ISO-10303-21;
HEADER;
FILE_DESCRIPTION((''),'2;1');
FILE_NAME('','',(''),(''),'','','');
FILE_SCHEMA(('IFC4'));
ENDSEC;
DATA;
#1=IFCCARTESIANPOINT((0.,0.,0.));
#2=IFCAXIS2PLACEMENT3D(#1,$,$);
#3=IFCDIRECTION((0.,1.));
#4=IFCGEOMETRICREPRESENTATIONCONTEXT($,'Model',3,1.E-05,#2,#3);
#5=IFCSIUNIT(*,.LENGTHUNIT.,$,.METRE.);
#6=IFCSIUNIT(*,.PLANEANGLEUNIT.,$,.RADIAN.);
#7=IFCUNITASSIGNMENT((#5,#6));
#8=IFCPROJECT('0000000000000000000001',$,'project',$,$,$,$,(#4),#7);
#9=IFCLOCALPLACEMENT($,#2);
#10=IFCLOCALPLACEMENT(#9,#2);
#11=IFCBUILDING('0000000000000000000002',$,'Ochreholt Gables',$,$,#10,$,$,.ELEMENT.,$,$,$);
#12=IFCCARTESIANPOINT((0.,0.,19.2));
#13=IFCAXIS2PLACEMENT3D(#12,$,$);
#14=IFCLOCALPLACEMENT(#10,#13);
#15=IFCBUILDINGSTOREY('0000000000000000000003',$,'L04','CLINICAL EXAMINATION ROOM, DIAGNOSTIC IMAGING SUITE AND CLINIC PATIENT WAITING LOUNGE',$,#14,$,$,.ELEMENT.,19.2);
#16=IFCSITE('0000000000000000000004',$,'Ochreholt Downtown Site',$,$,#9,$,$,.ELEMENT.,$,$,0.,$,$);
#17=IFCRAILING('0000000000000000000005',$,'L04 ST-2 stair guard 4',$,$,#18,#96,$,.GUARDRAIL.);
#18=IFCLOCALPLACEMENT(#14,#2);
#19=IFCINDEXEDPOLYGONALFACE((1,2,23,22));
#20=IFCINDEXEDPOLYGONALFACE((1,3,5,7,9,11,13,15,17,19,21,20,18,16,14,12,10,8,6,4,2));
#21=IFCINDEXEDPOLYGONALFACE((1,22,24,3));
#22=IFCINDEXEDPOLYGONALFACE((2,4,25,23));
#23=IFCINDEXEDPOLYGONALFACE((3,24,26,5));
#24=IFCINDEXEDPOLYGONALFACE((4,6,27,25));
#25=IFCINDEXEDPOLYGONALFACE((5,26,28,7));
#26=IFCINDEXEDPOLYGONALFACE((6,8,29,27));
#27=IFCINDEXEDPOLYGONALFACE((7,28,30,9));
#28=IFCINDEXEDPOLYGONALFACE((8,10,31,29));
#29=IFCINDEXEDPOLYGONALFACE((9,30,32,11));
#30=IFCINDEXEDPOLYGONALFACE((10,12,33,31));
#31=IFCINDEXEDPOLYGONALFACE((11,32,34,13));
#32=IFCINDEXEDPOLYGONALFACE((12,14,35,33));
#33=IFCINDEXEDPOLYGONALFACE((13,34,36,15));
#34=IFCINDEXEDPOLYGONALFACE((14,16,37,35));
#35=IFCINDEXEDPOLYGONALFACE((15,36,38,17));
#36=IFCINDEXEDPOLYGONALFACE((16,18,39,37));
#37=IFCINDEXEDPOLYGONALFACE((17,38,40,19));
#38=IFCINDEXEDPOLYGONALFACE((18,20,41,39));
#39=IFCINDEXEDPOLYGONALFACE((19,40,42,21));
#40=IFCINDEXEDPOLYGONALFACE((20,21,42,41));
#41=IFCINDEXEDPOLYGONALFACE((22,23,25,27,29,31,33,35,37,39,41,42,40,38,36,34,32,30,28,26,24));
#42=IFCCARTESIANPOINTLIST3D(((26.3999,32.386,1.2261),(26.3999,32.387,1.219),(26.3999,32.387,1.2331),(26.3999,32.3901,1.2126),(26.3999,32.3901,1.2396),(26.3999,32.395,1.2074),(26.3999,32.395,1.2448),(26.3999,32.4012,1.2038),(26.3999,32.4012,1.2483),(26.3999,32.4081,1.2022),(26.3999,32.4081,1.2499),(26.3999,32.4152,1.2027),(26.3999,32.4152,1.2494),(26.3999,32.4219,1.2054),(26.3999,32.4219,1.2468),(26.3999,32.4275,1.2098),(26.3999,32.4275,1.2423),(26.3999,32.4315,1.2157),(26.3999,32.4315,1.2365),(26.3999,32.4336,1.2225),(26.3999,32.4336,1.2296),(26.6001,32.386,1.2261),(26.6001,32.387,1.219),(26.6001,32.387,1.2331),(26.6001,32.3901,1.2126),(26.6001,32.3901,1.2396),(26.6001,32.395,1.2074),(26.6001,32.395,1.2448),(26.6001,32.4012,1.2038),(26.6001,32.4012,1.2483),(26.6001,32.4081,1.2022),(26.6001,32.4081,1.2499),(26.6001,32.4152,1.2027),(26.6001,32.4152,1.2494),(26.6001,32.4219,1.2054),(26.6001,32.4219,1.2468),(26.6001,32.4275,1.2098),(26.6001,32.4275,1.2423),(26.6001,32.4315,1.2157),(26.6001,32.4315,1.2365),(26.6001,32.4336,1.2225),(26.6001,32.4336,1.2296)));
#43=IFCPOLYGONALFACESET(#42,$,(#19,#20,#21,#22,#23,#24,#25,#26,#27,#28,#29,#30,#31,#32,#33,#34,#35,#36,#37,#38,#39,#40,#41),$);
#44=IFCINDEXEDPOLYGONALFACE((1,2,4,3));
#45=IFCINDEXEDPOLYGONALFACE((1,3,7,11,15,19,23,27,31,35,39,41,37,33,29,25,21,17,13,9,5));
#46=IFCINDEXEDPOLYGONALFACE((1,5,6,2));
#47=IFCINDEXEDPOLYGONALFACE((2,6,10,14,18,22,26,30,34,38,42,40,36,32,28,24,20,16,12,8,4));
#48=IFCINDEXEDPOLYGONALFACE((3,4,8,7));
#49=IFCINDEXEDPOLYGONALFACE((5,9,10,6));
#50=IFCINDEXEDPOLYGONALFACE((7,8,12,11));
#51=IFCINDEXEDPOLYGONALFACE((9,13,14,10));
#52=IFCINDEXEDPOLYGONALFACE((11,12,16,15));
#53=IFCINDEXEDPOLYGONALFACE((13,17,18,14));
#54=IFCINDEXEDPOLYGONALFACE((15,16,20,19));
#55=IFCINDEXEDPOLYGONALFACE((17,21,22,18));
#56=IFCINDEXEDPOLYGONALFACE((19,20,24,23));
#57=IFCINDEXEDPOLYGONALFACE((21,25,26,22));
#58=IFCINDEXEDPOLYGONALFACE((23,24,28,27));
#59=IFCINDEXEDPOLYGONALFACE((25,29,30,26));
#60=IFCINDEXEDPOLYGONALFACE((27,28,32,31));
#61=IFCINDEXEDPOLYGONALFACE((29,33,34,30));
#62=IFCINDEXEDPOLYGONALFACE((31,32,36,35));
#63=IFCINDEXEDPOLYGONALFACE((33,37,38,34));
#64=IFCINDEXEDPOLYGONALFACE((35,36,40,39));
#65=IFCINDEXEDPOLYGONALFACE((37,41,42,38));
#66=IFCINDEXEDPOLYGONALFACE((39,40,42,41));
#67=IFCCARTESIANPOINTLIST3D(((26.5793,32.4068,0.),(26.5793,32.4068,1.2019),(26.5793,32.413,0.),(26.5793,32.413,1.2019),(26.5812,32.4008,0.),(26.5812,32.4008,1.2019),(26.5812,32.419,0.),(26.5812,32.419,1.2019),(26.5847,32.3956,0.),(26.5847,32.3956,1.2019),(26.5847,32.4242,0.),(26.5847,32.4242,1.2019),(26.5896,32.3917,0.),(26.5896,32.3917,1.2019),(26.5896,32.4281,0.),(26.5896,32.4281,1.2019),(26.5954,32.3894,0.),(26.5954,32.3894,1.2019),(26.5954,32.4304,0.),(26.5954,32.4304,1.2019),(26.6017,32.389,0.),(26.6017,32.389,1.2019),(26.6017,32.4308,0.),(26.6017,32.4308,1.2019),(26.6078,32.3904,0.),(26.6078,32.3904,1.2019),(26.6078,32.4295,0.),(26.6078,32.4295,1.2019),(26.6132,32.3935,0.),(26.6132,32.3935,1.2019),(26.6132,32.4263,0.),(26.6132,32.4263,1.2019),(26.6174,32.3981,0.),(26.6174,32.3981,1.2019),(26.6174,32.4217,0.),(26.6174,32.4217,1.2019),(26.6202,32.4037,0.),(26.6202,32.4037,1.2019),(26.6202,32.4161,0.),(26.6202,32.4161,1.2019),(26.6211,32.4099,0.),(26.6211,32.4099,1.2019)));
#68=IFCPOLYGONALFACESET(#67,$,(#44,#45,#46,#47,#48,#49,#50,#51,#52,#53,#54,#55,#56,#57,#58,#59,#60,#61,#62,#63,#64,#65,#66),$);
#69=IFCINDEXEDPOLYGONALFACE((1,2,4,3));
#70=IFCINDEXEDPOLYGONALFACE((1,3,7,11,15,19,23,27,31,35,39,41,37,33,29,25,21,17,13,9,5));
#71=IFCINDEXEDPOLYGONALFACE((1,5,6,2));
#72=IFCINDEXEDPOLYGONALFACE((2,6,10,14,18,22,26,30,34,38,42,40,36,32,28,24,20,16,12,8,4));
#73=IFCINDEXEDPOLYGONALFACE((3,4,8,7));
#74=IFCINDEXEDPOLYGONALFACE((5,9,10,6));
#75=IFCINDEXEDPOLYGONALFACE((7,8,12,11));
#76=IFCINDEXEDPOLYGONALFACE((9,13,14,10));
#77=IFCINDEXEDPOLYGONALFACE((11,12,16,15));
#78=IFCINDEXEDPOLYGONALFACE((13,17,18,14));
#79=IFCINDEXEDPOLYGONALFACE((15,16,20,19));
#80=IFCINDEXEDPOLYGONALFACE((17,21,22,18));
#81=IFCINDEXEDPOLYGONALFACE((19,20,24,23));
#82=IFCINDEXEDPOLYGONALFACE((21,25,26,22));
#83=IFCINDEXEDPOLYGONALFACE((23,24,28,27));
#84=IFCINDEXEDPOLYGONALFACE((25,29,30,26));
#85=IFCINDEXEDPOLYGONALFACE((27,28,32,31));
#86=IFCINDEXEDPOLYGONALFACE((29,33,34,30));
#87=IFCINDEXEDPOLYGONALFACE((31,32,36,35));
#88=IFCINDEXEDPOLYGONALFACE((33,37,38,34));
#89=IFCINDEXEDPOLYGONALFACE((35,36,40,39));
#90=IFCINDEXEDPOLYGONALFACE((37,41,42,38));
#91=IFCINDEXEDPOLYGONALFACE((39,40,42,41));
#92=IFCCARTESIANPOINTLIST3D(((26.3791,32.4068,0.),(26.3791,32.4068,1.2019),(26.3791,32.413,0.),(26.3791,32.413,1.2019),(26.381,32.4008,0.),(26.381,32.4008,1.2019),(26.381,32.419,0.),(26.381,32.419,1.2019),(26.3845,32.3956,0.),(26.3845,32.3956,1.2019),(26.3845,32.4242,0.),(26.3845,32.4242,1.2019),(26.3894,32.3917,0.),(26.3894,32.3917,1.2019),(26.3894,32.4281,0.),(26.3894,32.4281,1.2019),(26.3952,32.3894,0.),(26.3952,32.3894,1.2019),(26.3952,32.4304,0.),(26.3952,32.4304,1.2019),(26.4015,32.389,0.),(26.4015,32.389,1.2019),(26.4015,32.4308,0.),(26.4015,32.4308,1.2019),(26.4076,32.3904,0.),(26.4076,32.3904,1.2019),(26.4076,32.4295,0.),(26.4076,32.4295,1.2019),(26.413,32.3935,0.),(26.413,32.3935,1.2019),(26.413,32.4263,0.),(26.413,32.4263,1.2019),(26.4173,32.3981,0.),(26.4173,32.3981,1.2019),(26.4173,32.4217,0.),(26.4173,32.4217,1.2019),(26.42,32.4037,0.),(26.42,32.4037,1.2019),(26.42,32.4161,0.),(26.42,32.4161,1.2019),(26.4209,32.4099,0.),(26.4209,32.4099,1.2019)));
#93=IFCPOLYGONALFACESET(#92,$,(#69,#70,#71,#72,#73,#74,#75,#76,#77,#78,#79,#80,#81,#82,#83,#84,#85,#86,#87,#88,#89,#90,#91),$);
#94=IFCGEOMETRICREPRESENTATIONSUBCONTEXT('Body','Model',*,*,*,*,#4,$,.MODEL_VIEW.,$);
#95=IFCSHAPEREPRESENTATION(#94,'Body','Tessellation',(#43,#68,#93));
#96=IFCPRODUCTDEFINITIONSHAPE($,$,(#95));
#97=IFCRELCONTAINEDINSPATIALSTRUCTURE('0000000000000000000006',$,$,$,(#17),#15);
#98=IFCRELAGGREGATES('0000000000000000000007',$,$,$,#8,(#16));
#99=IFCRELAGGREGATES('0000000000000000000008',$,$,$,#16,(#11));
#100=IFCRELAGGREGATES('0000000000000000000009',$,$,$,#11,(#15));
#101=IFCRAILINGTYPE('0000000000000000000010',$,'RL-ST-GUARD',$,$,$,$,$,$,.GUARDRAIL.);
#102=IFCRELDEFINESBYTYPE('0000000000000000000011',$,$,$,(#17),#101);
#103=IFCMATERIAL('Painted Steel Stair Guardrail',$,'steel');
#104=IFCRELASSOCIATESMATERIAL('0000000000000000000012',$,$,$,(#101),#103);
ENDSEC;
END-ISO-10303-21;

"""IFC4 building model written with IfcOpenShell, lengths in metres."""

from ifc_helpers import new_model, si_unit, direction, frame, origin, origin_2d, place, context, subcontext, project, spatial, circle, extrude, material, type_object, element, save


model = new_model("IFC4")

# Units and contexts
model_context = context("Model", 3, precision=1e-05, world=origin(), true_north=direction((0.0, 1.0)))
body_context = subcontext(model_context, "Body", "Model", "MODEL_VIEW")
ifc_project = project(units=[si_unit("LENGTHUNIT", "METRE"), si_unit("PLANEANGLEUNIT", "RADIAN")], contexts=[model_context])

# Site, building, storey
site_placement = place(None, origin())
site = spatial("IfcSite", under=ifc_project, at=site_placement, Name="Ochreholt Downtown Site", CompositionType="ELEMENT", RefElevation=0.0)
building_placement = place(site_placement, origin())
building = spatial("IfcBuilding", under=site, at=building_placement, Name="Ochreholt Gables", CompositionType="ELEMENT")
storey_placement = place(building_placement, frame((0.0, 0.0, 19.2)))
storey = spatial("IfcBuildingStorey", under=building, at=storey_placement, Name="L04", Description="CLINICAL EXAMINATION ROOM, DIAGNOSTIC IMAGING SUITE AND CLINIC PATIENT WAITING LOUNGE", CompositionType="ELEMENT", Elevation=19.2)

# Railing
ifc_material_1 = material(Name="Painted Steel Stair Guardrail", Category="steel")
railing_type = type_object("IfcRailingType", Name="RL-ST-GUARD", PredefinedType="GUARDRAIL", material=ifc_material_1)
railing_placement = place(storey_placement, frame((26.6001, 32.4099, 0.0)))
element("IfcRailing", 1, at=railing_placement, inside=storey, type_object=railing_type, Name="L04 ST-2 stair guard 4", PredefinedType="GUARDRAIL", context=body_context, shape_type="SweptSolid", body=[
    extrude(circle(Radius=0.0239, at=origin_2d()), frame((0.0, 0.0, 1.2261), z_axis=(-1.0, 0.0, 0.0), x_axis=(0.0, -1.0, 0.0)), (0.0, 0.0, 1.0), 0.2002),
    extrude(circle(Radius=0.021, at=origin_2d()), origin(), (0.0, 0.0, 1.0), 1.2019),
    extrude(circle(Radius=0.021, at=origin_2d()), frame((-0.2002, 0.0, 0.0)), (0.0, 0.0, 1.0), 1.2019),
])

save(model, "model.ifc")
